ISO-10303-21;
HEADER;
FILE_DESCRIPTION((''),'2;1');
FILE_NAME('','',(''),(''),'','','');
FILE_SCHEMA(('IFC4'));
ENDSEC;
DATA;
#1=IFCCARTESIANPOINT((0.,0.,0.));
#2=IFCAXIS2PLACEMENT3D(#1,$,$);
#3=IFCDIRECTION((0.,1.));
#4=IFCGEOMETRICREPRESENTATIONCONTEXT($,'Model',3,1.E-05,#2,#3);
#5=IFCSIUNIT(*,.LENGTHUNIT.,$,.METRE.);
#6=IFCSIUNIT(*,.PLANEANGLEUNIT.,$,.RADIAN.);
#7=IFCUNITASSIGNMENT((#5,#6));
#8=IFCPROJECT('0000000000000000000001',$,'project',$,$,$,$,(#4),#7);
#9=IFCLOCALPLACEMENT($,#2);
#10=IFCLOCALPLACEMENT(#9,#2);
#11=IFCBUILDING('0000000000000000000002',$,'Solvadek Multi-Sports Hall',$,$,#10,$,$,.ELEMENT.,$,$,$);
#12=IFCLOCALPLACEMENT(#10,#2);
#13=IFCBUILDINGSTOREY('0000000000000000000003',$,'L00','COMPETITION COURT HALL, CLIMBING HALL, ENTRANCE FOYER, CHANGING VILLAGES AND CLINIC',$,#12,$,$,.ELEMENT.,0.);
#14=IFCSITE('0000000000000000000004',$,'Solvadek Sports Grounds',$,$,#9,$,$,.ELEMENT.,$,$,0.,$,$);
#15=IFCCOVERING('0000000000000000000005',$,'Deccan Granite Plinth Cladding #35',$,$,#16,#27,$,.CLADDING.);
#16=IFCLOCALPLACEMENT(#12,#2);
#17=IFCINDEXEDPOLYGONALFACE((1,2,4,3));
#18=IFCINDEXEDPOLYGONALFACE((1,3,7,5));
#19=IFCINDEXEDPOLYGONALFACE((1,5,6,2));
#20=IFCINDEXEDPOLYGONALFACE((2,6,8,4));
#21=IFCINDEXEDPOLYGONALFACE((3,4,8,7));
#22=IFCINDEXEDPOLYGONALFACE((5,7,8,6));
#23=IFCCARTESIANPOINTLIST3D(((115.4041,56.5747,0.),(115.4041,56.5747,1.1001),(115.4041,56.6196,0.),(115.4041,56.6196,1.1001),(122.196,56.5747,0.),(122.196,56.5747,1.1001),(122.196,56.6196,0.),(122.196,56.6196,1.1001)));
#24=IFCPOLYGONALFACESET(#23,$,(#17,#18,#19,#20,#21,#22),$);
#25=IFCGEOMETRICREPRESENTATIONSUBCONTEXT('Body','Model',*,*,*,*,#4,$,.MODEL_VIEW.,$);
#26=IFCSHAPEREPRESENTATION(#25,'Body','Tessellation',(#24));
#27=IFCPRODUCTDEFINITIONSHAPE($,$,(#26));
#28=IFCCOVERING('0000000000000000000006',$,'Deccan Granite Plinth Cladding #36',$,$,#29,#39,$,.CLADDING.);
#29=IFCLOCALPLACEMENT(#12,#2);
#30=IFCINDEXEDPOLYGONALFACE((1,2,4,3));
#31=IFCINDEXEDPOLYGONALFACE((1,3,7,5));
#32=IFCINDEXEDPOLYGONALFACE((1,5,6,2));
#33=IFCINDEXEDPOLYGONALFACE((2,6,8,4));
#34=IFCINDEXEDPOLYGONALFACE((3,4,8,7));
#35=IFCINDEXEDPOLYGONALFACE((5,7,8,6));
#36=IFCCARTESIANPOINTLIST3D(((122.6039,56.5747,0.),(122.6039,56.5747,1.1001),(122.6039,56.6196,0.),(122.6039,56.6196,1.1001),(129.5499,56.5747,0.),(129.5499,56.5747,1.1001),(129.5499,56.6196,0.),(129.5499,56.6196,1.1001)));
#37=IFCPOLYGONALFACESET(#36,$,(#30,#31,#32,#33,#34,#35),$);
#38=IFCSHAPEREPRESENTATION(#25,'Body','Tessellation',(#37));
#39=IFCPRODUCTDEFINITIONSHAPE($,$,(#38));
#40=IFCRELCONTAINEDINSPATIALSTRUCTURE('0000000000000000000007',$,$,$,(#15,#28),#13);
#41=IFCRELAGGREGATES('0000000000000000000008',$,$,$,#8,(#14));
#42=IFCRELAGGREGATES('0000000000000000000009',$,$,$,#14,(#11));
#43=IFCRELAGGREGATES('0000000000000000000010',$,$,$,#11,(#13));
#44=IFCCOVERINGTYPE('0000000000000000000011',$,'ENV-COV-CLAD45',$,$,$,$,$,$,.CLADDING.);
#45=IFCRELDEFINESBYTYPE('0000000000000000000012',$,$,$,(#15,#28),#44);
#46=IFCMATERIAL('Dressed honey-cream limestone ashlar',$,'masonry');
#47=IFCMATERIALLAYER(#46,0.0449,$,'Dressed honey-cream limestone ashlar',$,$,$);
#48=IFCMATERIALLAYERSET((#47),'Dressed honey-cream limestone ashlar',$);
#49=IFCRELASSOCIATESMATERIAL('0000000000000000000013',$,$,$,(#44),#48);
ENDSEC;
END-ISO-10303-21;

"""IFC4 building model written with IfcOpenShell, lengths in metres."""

from ifc_helpers import new_model, si_unit, direction, frame, origin, origin_2d, place, context, subcontext, project, spatial, rectangle, extrude, material, layer, layer_set, type_object, element, save


model = new_model("IFC4")

# Units and contexts
model_context = context("Model", 3, precision=1e-05, world=origin(), true_north=direction((0.0, 1.0)))
body_context = subcontext(model_context, "Body", "Model", "MODEL_VIEW")
ifc_project = project(units=[si_unit("LENGTHUNIT", "METRE"), si_unit("PLANEANGLEUNIT", "RADIAN")], contexts=[model_context])

# Site, building, storey
site_placement = place(None, origin())
site = spatial("IfcSite", under=ifc_project, at=site_placement, Name="Solvadek Sports Grounds", CompositionType="ELEMENT", RefElevation=0.0)
building_placement = place(site_placement, origin())
building = spatial("IfcBuilding", under=site, at=building_placement, Name="Solvadek Multi-Sports Hall", CompositionType="ELEMENT")
storey_placement = place(building_placement, origin())
storey = spatial("IfcBuildingStorey", under=building, at=storey_placement, Name="L00", Description="COMPETITION COURT HALL, CLIMBING HALL, ENTRANCE FOYER, CHANGING VILLAGES AND CLINIC", CompositionType="ELEMENT", Elevation=0.0)

# Coverings
ifc_material_1 = material(Name="Dressed honey-cream limestone ashlar", Category="masonry")
ifc_layer_1 = layer(ifc_material_1, 0.0449, Name="Dressed honey-cream limestone ashlar")
ifc_layer_set_1 = layer_set([ifc_layer_1], Name="Dressed honey-cream limestone ashlar")
covering_type = type_object("IfcCoveringType", Name="ENV-COV-CLAD45", PredefinedType="CLADDING", material=ifc_layer_set_1)
covering_1_placement = place(storey_placement, frame((118.8, 56.5972, 0.0), z_axis=(0.0, 0.0, 1.0), x_axis=(1.0, 0.0, 0.0)))
element("IfcCovering", 1, at=covering_1_placement, inside=storey, type_object=covering_type, Name="Deccan Granite Plinth Cladding #35", PredefinedType="CLADDING", context=body_context, shape_type="SweptSolid", body=[
    extrude(rectangle(XDim=6.792, YDim=0.0449, at=origin_2d()), origin(), (0.0, 0.0, 1.0), 1.1001),
])
covering_2_placement = place(storey_placement, frame((126.0769, 56.5972, 0.0), z_axis=(0.0, 0.0, 1.0), x_axis=(1.0, 0.0, 0.0)))
element("IfcCovering", 2, at=covering_2_placement, inside=storey, type_object=covering_type, Name="Deccan Granite Plinth Cladding #36", PredefinedType="CLADDING", context=body_context, shape_type="SweptSolid", body=[
    extrude(rectangle(XDim=6.946, YDim=0.0449, at=origin_2d()), origin(), (0.0, 0.0, 1.0), 1.1001),
])

save(model, "model.ifc")
